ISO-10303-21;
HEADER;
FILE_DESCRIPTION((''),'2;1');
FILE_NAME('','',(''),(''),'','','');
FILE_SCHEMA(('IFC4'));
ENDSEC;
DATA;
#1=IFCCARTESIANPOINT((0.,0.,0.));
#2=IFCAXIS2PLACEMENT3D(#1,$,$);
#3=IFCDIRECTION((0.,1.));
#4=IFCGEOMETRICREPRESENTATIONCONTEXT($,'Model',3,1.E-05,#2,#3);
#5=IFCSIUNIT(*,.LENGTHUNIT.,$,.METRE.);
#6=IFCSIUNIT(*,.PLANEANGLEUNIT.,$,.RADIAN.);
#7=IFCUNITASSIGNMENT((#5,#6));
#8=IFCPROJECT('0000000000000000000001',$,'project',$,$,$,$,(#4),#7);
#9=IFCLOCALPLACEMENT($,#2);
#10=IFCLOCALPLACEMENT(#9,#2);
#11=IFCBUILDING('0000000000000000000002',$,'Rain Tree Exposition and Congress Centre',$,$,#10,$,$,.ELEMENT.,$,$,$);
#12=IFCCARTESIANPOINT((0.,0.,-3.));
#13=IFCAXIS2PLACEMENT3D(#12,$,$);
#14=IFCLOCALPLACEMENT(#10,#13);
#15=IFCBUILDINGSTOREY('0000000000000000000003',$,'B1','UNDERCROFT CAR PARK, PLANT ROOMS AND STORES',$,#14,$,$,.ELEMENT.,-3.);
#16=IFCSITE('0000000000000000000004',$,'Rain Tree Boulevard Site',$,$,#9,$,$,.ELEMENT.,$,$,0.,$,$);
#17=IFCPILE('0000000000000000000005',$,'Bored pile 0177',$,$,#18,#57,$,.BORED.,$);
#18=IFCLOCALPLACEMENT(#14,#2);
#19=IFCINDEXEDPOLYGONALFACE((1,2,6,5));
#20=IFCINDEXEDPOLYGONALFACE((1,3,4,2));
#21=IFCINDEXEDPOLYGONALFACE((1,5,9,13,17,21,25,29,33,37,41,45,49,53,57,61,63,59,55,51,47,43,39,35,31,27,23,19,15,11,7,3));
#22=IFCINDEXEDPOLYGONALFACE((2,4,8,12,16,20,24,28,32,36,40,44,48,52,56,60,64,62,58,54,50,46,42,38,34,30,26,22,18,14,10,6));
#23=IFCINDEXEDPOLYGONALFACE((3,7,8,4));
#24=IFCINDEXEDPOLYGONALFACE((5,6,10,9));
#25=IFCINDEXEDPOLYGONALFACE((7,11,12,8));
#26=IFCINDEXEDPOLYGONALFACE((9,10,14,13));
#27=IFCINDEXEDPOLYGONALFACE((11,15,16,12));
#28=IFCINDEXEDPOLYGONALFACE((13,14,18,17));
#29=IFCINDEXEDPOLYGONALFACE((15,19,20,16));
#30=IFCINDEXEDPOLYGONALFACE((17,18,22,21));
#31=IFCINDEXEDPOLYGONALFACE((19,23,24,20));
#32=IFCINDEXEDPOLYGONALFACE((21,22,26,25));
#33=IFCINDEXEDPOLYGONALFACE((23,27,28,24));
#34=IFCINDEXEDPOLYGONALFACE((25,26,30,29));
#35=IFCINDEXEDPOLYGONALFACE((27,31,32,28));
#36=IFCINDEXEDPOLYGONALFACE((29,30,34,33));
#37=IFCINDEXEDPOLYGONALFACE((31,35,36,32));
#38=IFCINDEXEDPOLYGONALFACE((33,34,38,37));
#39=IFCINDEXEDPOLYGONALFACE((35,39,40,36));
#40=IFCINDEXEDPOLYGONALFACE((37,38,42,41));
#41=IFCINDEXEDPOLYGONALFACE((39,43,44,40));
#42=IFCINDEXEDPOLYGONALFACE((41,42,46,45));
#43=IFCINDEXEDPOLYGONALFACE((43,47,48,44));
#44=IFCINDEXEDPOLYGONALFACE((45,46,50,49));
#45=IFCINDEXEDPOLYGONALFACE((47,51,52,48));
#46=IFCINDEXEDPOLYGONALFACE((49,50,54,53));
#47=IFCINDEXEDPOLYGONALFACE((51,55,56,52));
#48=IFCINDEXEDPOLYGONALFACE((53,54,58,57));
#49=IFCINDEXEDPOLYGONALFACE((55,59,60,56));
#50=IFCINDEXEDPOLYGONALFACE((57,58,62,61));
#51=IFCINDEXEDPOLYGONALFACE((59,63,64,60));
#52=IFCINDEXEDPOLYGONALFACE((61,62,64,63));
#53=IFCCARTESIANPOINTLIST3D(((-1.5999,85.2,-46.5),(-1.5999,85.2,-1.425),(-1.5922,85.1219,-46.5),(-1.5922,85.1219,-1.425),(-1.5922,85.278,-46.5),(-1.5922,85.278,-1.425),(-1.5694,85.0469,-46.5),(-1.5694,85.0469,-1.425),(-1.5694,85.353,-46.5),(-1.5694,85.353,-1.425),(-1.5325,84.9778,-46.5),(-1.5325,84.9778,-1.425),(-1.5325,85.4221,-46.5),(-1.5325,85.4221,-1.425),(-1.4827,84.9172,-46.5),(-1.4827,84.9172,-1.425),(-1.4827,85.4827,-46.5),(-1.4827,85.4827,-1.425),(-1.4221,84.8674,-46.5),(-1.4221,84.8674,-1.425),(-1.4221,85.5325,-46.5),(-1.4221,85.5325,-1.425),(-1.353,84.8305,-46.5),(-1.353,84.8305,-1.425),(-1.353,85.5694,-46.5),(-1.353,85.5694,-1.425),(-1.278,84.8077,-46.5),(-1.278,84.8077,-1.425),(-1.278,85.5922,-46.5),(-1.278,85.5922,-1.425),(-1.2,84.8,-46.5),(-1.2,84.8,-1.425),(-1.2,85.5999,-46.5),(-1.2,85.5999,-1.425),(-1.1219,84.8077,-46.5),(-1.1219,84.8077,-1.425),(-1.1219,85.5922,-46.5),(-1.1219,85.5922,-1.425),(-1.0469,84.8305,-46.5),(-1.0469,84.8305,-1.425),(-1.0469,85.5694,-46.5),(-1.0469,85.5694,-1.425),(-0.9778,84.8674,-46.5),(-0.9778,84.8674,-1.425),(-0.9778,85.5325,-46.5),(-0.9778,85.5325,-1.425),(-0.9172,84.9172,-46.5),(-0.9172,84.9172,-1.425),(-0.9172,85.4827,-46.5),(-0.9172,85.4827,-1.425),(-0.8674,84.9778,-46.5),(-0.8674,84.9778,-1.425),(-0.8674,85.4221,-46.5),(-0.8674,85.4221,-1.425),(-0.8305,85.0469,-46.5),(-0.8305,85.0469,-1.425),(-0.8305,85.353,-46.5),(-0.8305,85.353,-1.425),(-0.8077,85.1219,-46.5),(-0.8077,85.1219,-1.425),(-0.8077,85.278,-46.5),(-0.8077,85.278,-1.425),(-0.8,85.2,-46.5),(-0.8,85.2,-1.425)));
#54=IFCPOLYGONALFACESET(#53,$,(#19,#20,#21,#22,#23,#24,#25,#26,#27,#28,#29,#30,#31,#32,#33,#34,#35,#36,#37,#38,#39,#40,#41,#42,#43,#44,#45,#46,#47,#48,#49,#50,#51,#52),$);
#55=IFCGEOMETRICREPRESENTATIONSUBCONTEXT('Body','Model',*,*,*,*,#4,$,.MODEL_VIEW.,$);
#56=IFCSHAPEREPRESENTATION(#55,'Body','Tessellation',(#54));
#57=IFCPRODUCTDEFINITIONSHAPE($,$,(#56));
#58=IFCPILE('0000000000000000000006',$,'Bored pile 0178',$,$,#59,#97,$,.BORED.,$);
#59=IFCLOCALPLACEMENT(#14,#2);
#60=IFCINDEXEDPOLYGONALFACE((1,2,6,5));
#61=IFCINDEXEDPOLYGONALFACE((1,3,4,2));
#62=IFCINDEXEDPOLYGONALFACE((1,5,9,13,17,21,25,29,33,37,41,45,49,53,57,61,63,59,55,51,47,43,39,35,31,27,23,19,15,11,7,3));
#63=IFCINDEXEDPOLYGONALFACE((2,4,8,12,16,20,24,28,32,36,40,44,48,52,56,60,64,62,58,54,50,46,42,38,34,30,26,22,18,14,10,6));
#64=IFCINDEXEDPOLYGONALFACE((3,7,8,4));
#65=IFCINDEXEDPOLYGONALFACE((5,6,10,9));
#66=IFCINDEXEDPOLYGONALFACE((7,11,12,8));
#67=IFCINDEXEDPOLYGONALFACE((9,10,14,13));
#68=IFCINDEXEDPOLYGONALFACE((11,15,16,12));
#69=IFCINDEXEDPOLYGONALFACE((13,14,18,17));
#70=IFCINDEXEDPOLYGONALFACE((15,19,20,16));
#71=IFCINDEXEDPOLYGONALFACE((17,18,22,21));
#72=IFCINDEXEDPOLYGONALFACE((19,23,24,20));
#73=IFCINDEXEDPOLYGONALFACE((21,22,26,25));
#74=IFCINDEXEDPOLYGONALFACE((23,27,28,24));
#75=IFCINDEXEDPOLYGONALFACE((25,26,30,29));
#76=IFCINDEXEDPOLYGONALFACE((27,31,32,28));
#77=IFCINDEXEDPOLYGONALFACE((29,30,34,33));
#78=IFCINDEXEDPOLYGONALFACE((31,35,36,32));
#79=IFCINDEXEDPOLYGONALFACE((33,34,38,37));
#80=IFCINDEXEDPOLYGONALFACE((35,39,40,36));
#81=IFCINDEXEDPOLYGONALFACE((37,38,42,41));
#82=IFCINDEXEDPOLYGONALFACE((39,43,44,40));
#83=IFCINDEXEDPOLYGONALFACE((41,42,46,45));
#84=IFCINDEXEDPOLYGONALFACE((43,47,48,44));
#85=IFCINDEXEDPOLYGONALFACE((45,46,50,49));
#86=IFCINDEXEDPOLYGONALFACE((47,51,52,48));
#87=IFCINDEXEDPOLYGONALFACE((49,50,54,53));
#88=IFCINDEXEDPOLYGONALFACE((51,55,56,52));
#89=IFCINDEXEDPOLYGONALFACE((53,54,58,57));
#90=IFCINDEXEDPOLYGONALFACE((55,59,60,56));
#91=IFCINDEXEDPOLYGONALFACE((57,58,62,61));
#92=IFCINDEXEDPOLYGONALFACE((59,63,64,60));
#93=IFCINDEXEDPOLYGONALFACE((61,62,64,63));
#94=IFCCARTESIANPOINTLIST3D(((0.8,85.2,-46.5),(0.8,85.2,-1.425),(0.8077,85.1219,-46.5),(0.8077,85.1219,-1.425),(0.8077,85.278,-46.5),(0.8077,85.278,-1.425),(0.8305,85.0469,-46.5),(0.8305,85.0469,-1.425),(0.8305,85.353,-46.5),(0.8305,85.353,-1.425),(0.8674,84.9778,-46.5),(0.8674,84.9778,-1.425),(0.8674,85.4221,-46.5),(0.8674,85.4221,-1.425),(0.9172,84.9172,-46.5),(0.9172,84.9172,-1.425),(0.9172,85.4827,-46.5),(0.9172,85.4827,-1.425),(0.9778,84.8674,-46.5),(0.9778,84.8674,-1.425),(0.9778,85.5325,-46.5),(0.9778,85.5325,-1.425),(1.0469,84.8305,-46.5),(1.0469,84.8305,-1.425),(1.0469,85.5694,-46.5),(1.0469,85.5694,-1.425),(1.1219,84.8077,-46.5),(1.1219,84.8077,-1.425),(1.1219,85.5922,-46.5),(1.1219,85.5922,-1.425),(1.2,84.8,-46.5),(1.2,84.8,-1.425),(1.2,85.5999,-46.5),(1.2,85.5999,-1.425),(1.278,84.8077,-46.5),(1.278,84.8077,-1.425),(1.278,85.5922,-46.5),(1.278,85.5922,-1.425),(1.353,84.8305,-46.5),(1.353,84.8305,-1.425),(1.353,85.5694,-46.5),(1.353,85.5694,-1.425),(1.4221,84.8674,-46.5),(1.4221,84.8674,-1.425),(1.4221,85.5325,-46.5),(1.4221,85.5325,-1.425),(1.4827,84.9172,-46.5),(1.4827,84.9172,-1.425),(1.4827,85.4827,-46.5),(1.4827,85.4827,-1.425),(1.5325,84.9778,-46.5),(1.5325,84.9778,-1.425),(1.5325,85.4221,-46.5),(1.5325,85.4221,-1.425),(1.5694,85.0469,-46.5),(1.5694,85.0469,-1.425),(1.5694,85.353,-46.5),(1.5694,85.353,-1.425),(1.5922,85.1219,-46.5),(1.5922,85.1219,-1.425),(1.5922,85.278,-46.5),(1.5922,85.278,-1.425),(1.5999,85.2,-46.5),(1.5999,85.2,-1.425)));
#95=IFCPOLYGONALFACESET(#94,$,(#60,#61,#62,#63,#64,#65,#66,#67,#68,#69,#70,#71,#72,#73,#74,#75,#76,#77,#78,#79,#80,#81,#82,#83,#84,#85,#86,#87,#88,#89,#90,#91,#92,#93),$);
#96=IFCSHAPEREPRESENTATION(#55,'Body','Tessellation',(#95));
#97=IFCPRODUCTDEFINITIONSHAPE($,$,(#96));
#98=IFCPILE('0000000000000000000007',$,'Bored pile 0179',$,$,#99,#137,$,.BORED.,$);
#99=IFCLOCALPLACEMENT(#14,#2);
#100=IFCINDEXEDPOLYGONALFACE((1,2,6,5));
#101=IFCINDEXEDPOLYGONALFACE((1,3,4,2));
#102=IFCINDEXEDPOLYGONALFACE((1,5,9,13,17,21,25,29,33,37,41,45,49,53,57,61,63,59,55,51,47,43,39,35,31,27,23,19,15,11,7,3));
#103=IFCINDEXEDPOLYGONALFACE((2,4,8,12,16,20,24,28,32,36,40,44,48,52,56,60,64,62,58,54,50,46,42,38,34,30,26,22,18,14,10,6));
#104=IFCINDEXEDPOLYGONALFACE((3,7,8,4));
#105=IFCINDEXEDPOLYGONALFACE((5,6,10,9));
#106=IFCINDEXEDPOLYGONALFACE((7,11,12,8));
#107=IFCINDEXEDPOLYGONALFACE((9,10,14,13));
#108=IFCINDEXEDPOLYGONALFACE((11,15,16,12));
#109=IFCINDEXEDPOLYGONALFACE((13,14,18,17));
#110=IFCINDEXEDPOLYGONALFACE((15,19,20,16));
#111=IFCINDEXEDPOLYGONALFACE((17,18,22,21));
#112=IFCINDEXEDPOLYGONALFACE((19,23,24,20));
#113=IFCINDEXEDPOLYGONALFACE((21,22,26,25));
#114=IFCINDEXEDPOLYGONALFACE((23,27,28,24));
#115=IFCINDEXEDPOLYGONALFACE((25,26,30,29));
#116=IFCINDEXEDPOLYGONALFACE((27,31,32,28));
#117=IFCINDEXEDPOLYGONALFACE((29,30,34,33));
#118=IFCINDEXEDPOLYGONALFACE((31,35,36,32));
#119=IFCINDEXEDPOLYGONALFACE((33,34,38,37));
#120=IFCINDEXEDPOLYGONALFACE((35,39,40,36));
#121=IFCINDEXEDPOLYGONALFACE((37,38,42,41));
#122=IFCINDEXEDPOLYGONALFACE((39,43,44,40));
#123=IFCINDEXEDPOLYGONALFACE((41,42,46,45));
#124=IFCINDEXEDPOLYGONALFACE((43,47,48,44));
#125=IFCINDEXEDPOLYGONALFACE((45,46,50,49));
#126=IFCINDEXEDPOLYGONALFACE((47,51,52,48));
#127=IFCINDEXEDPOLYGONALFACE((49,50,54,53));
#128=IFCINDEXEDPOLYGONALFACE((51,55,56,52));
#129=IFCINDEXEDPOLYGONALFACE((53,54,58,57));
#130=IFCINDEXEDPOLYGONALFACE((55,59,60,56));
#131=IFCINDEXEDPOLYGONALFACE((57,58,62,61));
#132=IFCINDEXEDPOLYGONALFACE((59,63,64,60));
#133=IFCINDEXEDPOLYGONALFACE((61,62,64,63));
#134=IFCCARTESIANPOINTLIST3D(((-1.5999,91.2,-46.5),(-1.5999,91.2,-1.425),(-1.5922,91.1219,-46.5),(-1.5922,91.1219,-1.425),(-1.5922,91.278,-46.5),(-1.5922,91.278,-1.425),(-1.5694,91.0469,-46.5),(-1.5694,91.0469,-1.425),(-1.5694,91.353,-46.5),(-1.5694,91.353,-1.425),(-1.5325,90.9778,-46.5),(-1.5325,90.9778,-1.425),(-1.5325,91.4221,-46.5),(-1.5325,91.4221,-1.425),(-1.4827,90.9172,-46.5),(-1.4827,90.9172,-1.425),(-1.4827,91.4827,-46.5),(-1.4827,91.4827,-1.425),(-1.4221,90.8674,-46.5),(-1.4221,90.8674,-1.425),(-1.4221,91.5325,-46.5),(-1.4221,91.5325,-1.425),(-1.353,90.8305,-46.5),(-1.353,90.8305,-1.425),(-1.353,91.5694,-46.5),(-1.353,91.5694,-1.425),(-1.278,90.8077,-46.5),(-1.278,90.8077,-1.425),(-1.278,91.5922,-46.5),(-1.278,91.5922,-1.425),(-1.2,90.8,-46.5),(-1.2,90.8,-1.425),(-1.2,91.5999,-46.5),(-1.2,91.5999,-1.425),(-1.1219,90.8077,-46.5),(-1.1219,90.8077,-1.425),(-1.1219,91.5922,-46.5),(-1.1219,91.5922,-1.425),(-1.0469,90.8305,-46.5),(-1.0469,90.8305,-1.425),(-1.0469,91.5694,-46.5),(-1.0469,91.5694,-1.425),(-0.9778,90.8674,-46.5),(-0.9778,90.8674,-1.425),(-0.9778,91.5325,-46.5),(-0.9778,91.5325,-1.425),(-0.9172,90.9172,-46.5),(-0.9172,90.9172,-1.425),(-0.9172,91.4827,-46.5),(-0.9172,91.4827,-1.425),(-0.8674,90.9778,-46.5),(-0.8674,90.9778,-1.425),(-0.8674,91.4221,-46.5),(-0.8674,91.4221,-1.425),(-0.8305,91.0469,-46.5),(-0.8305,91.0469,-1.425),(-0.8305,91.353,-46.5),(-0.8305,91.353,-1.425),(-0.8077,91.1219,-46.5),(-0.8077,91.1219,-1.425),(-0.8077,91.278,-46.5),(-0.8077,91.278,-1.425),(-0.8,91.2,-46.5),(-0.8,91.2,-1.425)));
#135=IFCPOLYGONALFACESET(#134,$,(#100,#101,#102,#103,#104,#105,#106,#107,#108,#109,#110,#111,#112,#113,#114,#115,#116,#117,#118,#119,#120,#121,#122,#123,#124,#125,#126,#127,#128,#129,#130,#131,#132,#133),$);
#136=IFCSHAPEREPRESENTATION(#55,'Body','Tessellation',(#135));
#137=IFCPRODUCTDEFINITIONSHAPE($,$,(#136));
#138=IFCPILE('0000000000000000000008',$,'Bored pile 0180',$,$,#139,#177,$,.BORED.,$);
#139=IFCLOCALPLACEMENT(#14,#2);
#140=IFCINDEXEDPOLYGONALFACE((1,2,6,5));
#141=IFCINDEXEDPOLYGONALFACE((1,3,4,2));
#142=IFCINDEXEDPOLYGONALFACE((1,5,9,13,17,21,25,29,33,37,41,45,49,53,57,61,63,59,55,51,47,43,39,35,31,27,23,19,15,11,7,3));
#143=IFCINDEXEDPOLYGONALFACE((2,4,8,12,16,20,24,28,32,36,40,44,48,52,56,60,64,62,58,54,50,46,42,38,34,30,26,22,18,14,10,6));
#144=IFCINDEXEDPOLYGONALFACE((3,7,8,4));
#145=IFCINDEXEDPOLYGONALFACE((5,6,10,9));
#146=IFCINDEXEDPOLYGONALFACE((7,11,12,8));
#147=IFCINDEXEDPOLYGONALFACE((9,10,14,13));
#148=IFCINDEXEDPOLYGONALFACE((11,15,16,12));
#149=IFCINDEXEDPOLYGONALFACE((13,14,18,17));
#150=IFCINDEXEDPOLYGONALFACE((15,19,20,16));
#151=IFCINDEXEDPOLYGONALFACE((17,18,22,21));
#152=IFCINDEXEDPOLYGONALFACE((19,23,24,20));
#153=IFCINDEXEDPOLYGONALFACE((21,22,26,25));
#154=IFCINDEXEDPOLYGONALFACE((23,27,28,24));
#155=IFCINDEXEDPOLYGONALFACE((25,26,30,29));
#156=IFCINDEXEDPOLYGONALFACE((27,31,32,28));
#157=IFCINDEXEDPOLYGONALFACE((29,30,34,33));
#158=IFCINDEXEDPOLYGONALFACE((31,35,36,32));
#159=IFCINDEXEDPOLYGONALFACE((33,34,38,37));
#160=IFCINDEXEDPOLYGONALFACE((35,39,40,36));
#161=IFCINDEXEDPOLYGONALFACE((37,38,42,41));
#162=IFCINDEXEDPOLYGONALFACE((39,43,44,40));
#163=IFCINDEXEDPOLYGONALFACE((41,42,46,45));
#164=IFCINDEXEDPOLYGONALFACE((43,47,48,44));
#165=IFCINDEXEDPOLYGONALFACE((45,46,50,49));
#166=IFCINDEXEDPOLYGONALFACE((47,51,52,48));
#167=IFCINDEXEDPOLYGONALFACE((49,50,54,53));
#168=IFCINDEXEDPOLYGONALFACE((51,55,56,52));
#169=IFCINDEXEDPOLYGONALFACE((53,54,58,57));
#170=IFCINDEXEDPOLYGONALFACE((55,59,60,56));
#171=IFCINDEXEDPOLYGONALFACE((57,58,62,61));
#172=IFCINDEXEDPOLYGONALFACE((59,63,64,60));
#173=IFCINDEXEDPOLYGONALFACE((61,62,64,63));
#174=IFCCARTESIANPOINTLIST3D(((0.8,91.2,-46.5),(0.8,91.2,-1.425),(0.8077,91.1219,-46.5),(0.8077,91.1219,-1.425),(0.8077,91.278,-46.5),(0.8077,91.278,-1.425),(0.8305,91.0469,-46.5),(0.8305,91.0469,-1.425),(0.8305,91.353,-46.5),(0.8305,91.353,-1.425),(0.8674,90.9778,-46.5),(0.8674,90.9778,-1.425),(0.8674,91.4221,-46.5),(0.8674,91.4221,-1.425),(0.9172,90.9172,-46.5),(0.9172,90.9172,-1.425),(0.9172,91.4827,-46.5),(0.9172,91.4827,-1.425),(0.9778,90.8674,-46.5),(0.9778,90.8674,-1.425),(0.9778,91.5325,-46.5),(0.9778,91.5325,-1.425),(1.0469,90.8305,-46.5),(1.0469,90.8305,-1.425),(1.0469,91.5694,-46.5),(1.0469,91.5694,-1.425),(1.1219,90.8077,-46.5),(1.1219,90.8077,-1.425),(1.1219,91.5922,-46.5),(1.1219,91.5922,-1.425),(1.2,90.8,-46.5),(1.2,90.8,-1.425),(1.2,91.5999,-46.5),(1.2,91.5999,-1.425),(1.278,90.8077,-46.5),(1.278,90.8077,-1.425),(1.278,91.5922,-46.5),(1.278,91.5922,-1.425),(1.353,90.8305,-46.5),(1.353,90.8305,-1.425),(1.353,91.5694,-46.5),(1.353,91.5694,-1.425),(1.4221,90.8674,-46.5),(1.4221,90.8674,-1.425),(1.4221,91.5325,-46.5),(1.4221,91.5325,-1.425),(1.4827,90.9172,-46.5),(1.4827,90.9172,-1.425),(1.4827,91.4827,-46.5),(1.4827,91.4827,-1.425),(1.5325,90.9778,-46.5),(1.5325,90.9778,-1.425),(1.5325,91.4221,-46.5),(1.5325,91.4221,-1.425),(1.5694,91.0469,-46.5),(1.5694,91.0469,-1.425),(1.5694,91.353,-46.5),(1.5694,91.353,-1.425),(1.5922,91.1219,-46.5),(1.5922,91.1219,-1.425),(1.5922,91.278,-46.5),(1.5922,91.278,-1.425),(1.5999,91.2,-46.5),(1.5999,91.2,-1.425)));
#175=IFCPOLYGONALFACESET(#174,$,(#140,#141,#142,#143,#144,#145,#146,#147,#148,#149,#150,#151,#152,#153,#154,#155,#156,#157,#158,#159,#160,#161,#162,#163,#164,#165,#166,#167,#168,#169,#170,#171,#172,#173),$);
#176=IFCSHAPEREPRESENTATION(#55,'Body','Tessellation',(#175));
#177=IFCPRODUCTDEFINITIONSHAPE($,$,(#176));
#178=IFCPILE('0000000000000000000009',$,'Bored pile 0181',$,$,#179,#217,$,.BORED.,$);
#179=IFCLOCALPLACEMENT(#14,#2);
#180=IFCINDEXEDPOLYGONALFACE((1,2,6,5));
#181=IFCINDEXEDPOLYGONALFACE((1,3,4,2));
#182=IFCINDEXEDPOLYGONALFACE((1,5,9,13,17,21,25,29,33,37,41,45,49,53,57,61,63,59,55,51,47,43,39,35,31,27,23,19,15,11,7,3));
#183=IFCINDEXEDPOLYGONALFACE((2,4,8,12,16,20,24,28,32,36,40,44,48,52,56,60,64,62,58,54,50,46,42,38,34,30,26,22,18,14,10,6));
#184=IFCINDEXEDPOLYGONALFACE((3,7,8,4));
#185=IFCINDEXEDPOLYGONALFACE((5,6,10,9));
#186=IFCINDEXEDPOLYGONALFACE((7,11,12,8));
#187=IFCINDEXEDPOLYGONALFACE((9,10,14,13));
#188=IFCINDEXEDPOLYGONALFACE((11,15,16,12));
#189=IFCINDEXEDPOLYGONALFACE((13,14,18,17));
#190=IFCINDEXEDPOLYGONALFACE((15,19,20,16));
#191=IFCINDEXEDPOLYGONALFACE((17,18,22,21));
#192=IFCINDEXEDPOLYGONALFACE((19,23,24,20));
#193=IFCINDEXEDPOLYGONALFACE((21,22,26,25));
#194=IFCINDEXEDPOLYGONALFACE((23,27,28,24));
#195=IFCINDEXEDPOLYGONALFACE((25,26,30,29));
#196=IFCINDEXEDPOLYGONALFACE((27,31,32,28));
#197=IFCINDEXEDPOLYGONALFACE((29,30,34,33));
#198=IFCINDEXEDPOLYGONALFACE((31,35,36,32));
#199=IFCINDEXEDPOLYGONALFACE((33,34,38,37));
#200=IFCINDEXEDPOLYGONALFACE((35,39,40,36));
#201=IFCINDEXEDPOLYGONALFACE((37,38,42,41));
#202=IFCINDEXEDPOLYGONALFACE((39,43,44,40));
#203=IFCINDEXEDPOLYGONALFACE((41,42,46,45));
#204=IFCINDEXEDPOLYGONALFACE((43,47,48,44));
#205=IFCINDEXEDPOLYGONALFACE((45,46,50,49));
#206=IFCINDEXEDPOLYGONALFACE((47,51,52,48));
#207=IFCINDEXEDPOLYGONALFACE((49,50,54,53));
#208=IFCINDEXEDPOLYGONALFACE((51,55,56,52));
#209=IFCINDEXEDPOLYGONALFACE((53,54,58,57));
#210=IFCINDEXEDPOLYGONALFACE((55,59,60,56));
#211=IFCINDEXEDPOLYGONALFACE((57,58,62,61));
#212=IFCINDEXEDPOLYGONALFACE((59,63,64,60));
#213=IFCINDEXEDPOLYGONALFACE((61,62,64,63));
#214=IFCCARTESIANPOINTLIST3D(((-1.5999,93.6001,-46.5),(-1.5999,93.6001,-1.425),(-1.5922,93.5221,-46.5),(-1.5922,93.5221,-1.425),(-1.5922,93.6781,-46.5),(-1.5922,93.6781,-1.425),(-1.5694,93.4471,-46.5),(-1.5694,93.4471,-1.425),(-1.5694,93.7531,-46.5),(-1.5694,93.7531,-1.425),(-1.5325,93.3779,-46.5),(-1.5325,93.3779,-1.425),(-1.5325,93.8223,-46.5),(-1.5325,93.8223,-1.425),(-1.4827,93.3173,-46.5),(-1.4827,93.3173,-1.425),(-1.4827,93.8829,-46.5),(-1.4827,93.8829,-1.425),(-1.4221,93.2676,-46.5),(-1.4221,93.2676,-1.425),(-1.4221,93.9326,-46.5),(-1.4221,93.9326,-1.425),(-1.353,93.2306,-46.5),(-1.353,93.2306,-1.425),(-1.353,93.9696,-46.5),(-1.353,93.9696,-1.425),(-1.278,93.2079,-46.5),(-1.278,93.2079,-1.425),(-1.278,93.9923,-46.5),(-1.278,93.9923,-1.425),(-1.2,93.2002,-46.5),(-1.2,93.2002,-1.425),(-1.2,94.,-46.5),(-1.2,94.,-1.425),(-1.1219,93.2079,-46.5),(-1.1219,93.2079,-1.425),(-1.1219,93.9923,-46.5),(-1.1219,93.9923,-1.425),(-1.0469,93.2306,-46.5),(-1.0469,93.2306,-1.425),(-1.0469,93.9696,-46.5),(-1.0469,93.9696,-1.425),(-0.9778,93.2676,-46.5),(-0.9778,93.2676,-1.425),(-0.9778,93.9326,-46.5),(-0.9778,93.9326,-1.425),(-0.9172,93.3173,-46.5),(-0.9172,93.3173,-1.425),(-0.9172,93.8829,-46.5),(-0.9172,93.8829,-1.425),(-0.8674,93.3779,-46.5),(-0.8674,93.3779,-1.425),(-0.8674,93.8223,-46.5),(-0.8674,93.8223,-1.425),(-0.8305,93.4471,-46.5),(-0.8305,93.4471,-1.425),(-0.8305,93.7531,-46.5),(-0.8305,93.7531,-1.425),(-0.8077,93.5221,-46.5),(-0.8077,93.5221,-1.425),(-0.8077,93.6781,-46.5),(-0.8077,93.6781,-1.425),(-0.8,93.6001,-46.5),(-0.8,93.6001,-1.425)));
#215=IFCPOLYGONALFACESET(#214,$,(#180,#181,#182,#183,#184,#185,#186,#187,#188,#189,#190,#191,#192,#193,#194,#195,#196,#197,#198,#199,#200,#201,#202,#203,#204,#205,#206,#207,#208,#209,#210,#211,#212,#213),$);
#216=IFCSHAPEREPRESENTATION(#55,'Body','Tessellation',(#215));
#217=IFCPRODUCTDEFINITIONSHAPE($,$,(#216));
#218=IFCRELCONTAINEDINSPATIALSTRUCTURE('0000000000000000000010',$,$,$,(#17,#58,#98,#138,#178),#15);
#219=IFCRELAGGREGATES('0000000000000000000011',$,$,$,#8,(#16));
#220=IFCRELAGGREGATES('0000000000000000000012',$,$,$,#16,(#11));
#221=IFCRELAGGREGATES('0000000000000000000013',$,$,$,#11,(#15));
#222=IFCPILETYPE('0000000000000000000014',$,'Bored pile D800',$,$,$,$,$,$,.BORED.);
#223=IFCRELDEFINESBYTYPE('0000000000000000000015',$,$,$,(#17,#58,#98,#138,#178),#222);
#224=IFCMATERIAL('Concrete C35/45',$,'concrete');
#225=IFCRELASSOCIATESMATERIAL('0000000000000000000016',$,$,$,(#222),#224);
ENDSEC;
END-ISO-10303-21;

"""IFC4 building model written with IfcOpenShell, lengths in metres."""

from ifc_helpers import new_model, si_unit, direction, frame, origin, origin_2d, place, context, subcontext, project, spatial, circle, extrude, material, material_profile, profile_set, type_object, element, save


model = new_model("IFC4")

# Units and contexts
model_context = context("Model", 3, precision=1e-05, world=origin(), true_north=direction((0.0, 1.0)))
body_context = subcontext(model_context, "Body", "Model", "MODEL_VIEW")
ifc_project = project(units=[si_unit("LENGTHUNIT", "METRE"), si_unit("PLANEANGLEUNIT", "RADIAN")], contexts=[model_context])

# Site, building, storey
site_placement = place(None, origin())
site = spatial("IfcSite", under=ifc_project, at=site_placement, Name="Rain Tree Boulevard Site", CompositionType="ELEMENT", RefElevation=0.0)
building_placement = place(site_placement, origin())
building = spatial("IfcBuilding", under=site, at=building_placement, Name="Rain Tree Exposition and Congress Centre", CompositionType="ELEMENT")
storey_placement = place(building_placement, frame((0.0, 0.0, -3.0)))
storey = spatial("IfcBuildingStorey", under=building, at=storey_placement, Name="B1", Description="UNDERCROFT CAR PARK, PLANT ROOMS AND STORES", CompositionType="ELEMENT", Elevation=-3.0)

# Piles
ifc_material_1 = material(Name="Concrete C35/45", Category="concrete")
ifc_material_profile_1 = material_profile(ifc_material_1, circle(Radius=0.3999, at=origin_2d()), Name="D800")
ifc_profile_set_1 = profile_set([ifc_material_profile_1], Name="Concrete C35/45")
pile_type_1 = type_object("IfcPileType", Name="Bored pile D800", PredefinedType="BORED", material=ifc_profile_set_1)
for number, where, z_axis, x_axis, name in (
    (1, (-1.2, 85.2, -1.425), (0.0, 0.0, -1.0), (1.0, 0.0, 0.0), "Bored pile 0177"),
    (2, (1.2, 85.2, -1.425), (0.0, 0.0, -1.0), (1.0, 0.0, 0.0), "Bored pile 0178"),
    (3, (-1.2, 91.2, -1.425), (0.0, 0.0, -1.0), (1.0, 0.0, 0.0), "Bored pile 0179"),
    (4, (1.2, 91.2, -1.425), (0.0, 0.0, -1.0), (1.0, 0.0, 0.0), "Bored pile 0180"),
    (5, (-1.2, 93.6001, -1.425), (0.0, 0.0, -1.0), (1.0, 0.0, 0.0), "Bored pile 0181"),
):
    element("IfcPile", number, at=place(storey_placement, frame(where, z_axis=z_axis, x_axis=x_axis)), inside=storey, type_object=pile_type_1, Name=name, PredefinedType="BORED", context=body_context, shape_type="SweptSolid", body=[
        extrude(circle(Radius=0.3999, at=origin_2d()), origin(), (0.0, 0.0, 1.0), 45.075),
    ])

save(model, "model.ifc")
